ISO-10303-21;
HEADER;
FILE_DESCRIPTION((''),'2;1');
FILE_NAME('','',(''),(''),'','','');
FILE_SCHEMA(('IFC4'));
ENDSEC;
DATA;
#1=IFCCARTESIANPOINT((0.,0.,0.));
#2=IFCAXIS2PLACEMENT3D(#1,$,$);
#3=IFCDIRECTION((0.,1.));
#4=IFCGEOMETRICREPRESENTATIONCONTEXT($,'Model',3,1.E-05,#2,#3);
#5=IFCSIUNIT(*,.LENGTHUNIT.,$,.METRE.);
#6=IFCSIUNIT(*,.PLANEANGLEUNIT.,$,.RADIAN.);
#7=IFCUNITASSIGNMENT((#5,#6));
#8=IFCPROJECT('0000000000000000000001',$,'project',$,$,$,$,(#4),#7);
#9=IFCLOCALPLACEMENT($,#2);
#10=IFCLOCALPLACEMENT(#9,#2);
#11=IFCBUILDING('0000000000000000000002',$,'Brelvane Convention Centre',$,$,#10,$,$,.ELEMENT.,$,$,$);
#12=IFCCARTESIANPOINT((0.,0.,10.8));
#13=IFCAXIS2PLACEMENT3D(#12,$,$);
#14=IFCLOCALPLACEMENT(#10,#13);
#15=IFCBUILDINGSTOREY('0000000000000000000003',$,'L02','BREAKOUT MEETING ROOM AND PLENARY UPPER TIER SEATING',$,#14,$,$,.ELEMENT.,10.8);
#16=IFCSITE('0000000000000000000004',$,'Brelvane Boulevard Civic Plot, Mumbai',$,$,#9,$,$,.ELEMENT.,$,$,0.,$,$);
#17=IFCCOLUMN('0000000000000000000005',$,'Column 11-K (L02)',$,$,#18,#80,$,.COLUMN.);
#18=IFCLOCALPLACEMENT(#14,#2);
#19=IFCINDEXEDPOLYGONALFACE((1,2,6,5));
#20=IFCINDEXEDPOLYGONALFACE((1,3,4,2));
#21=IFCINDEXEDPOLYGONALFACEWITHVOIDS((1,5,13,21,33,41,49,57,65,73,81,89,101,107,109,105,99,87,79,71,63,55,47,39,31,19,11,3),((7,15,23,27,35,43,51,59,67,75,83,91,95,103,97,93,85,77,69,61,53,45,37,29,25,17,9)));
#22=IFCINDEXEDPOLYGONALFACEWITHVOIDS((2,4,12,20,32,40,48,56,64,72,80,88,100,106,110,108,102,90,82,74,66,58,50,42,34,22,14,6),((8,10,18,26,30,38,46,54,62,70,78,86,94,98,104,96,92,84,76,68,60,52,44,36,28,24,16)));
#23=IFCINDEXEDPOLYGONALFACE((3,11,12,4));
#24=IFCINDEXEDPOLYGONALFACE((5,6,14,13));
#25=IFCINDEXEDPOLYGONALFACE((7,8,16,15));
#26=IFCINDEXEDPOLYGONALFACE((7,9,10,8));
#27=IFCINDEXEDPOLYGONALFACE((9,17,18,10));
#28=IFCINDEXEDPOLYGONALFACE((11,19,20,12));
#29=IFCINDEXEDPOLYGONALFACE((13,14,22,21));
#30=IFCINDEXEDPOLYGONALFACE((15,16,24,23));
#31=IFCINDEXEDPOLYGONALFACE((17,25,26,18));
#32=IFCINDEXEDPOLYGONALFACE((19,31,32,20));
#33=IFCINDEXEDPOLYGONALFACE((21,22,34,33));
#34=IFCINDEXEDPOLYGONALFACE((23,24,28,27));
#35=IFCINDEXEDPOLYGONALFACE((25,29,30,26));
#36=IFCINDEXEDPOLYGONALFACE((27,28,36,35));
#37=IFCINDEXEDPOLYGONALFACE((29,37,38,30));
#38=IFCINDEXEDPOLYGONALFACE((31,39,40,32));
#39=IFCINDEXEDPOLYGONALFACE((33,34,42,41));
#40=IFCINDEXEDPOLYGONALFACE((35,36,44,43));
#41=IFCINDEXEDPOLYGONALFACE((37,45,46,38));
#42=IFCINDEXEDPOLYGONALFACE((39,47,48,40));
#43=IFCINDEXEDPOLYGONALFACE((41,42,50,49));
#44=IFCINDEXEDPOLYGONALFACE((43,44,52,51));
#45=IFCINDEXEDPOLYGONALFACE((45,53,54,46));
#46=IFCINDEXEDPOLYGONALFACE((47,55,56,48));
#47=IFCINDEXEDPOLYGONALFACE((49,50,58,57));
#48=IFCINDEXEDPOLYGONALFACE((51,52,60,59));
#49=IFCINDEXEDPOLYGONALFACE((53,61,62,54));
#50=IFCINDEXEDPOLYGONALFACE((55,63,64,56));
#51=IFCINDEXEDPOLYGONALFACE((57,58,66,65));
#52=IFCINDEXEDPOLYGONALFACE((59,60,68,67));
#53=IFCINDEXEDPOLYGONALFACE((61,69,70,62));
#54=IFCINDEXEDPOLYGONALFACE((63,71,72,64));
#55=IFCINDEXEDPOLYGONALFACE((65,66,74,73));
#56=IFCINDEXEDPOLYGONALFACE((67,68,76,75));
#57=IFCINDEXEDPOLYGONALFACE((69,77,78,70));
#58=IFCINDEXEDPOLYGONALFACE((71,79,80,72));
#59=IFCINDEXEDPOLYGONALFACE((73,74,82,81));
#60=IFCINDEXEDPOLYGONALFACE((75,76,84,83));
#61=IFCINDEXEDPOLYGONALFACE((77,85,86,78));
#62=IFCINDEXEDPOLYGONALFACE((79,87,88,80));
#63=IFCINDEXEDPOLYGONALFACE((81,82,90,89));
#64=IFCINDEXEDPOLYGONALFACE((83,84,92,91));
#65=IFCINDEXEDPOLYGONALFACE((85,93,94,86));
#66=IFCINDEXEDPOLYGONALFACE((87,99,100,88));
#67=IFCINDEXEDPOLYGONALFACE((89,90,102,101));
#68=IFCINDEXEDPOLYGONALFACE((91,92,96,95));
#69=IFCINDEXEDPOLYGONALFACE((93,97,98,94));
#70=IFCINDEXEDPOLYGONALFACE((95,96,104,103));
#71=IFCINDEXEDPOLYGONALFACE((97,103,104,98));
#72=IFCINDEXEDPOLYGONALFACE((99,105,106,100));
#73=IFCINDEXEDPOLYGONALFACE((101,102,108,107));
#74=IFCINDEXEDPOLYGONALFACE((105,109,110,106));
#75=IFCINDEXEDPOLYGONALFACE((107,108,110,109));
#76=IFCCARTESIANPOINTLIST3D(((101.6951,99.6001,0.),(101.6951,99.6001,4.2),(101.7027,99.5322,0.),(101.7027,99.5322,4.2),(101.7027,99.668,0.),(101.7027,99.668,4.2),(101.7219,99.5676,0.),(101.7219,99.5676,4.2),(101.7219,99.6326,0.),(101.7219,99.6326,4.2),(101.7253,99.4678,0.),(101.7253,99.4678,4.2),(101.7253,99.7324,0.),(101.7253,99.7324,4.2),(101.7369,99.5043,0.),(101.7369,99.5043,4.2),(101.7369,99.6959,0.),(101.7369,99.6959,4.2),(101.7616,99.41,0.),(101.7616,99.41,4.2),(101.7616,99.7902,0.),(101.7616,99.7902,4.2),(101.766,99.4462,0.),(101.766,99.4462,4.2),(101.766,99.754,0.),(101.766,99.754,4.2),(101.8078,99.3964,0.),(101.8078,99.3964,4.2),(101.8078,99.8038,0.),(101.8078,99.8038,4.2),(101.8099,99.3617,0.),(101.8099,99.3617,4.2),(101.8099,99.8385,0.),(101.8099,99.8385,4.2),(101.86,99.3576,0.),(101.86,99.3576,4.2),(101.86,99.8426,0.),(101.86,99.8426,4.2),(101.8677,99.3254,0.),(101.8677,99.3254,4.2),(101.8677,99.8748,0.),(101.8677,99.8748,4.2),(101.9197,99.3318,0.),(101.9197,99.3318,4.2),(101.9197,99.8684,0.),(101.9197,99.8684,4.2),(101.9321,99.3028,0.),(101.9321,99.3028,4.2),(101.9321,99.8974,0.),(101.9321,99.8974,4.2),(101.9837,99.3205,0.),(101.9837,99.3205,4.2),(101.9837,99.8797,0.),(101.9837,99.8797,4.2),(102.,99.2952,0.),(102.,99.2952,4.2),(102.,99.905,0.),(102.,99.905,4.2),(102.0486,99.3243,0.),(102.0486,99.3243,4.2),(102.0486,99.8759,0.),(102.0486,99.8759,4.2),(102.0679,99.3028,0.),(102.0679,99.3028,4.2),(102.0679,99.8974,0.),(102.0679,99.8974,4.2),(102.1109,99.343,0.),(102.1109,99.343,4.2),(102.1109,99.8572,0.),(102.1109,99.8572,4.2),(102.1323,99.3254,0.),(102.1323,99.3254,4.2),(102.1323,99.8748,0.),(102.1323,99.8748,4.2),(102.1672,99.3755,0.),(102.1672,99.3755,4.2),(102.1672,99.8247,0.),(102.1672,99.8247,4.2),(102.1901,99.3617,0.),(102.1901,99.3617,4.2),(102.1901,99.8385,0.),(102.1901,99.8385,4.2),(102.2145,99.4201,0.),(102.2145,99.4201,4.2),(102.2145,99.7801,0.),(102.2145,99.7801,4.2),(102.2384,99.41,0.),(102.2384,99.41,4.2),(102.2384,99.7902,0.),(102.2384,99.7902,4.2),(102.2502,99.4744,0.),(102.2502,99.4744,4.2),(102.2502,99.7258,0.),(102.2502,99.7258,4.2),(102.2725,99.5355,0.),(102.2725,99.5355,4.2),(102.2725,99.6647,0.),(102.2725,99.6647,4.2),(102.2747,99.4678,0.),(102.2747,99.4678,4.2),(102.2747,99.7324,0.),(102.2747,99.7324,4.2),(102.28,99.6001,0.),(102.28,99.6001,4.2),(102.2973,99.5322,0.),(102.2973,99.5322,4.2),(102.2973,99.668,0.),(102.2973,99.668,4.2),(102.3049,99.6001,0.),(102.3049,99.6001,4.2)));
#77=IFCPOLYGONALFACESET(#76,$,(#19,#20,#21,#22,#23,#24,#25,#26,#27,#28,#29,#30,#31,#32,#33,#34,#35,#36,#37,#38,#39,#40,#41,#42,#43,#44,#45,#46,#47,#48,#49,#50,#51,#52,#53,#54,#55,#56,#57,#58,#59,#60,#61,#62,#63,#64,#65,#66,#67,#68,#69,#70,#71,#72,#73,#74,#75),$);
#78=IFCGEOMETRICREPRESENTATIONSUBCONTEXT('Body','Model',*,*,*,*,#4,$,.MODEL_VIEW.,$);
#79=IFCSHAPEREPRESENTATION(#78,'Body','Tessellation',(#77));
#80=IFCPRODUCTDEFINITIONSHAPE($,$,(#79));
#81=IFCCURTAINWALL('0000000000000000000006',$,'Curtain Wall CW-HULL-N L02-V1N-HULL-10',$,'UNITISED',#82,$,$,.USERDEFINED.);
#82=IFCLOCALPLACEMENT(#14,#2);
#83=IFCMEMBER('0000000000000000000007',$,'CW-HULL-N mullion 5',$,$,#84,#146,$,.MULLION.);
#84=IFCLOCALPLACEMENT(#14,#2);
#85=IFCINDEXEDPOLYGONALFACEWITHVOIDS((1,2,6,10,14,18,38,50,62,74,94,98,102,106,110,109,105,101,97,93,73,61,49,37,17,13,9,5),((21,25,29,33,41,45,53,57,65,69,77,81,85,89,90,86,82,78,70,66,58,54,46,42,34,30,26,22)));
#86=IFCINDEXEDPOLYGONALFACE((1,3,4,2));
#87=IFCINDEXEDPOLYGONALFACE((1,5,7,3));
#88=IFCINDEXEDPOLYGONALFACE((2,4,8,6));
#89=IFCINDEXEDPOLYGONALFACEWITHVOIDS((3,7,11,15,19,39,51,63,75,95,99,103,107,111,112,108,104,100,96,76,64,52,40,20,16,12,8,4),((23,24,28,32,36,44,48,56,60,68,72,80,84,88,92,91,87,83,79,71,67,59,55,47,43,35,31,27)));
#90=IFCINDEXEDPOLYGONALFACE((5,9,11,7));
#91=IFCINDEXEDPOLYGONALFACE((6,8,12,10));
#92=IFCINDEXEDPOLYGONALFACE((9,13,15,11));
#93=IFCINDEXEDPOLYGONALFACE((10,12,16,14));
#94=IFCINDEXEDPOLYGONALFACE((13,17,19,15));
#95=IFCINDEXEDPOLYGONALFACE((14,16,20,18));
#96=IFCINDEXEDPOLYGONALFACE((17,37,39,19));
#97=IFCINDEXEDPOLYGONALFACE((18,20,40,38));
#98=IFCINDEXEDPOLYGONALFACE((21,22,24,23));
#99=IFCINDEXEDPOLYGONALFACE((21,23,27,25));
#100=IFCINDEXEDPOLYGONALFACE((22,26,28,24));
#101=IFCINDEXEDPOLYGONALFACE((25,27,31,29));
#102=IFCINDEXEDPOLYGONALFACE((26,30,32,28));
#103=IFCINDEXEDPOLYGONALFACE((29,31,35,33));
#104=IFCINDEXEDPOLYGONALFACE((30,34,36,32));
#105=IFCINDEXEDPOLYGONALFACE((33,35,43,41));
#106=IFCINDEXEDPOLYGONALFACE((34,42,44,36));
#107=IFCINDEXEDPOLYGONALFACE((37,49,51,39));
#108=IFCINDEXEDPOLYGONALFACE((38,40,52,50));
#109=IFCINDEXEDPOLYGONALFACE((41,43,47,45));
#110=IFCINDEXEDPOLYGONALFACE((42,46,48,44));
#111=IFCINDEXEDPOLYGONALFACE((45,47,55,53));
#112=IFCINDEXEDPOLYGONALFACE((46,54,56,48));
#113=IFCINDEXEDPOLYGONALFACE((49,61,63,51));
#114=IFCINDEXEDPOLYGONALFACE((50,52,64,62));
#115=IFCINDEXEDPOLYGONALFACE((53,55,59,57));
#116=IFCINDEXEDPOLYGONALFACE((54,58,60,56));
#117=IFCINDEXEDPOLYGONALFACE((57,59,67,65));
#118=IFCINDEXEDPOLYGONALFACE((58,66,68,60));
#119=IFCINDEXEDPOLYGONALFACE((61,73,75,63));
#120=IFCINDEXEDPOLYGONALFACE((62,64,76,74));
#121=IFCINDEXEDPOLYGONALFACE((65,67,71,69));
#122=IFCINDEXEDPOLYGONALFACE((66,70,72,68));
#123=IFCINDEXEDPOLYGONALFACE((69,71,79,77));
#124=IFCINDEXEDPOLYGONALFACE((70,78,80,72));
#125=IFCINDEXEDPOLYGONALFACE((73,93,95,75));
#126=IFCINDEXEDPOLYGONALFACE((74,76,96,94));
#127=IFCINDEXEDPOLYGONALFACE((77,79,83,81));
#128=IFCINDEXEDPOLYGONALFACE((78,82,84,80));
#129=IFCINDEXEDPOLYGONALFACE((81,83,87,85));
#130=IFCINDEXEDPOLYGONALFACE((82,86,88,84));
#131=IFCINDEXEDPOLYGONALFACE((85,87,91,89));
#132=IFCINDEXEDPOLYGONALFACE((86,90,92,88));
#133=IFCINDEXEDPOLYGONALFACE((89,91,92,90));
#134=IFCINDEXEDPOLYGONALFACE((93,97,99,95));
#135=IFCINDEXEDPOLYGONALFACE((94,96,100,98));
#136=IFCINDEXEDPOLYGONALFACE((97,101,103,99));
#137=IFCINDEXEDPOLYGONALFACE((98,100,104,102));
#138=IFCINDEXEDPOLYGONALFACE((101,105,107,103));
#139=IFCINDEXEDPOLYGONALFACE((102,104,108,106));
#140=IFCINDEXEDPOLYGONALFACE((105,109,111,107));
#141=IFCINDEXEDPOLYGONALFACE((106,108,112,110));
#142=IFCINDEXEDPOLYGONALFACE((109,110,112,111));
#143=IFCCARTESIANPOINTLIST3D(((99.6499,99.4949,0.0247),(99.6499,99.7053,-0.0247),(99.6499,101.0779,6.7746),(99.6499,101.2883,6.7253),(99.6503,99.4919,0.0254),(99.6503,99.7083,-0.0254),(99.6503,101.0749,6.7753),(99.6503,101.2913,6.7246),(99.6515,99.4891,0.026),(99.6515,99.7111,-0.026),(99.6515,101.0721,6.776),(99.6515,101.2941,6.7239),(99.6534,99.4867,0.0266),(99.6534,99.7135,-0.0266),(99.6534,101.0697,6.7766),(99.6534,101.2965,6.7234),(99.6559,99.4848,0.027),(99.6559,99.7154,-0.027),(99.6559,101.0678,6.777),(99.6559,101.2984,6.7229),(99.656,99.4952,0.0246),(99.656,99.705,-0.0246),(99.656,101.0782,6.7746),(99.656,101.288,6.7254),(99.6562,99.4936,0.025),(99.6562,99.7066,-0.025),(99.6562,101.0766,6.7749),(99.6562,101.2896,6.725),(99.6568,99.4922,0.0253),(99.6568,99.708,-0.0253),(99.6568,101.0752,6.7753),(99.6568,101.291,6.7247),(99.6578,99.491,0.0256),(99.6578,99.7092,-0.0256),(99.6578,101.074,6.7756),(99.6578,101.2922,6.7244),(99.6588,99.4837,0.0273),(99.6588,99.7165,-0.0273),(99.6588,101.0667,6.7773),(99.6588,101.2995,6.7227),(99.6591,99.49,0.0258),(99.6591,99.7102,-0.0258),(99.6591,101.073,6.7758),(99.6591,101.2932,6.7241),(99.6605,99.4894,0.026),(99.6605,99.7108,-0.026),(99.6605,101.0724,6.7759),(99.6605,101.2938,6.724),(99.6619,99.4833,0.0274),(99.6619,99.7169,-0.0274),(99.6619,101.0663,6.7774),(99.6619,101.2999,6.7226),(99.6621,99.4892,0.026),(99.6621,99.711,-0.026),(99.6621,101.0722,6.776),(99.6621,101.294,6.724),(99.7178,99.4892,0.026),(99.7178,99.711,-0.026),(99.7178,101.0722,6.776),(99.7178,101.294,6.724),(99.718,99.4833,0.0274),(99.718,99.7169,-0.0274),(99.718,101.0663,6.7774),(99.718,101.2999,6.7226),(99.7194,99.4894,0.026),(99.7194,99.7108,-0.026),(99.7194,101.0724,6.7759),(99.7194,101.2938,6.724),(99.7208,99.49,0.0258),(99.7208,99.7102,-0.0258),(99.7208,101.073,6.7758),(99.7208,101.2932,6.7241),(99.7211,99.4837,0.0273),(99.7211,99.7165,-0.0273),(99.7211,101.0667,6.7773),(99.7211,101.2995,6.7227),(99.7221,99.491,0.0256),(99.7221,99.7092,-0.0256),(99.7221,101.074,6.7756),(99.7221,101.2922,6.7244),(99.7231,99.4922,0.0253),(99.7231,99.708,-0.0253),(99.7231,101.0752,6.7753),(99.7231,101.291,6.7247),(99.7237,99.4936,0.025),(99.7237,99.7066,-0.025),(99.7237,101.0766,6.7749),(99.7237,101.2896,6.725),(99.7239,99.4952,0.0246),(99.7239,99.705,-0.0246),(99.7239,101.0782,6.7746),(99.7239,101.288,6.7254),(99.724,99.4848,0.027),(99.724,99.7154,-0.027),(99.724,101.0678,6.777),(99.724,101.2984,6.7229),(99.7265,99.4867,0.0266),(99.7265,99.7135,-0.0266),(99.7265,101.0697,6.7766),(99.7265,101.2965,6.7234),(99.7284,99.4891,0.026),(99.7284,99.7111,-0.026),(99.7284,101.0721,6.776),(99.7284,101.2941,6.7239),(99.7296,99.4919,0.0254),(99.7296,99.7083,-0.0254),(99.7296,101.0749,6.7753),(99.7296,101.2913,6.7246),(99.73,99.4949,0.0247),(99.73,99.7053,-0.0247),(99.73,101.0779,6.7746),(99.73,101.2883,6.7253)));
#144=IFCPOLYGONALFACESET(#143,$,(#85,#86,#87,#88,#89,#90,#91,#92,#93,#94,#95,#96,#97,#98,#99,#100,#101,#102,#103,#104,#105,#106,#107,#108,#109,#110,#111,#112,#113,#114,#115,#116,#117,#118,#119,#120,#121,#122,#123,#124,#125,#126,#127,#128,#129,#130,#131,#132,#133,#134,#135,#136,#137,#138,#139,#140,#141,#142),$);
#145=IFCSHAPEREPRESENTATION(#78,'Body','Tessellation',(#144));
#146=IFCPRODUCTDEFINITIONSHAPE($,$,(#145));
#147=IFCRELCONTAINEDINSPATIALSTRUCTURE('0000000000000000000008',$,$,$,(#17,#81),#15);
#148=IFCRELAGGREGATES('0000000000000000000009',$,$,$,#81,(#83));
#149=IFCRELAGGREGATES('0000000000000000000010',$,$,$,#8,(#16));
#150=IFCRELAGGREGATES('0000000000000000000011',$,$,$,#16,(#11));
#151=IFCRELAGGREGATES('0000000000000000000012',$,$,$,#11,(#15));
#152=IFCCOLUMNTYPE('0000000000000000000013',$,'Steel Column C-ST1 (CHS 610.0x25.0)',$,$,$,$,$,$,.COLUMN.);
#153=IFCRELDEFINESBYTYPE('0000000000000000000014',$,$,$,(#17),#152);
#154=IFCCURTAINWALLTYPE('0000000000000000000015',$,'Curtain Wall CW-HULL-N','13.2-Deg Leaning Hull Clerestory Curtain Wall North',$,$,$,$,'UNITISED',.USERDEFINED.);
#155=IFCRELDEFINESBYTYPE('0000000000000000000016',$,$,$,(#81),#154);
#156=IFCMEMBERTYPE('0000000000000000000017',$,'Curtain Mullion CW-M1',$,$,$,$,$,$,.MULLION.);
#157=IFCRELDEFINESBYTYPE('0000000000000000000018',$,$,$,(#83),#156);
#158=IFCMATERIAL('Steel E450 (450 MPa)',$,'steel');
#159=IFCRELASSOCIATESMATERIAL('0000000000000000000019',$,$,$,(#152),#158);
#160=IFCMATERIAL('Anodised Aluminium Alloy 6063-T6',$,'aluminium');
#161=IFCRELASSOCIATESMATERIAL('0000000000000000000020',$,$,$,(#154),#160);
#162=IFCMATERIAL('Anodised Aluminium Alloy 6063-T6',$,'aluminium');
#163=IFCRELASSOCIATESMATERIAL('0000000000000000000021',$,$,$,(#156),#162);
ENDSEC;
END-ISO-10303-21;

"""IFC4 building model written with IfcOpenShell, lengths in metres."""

from ifc_helpers import new_model, si_unit, direction, frame, origin, origin_2d, place, context, subcontext, project, spatial, hollow_rectangle, hollow_circle, extrude, material, material_profile, profile_set, type_object, element, aggregate, save


model = new_model("IFC4")

# Units and contexts
model_context = context("Model", 3, precision=1e-05, world=origin(), true_north=direction((0.0, 1.0)))
body_context = subcontext(model_context, "Body", "Model", "MODEL_VIEW")
ifc_project = project(units=[si_unit("LENGTHUNIT", "METRE"), si_unit("PLANEANGLEUNIT", "RADIAN")], contexts=[model_context])

# Site, building, storey
site_placement = place(None, origin())
site = spatial("IfcSite", under=ifc_project, at=site_placement, Name="Brelvane Boulevard Civic Plot, Mumbai", CompositionType="ELEMENT", RefElevation=0.0)
building_placement = place(site_placement, origin())
building = spatial("IfcBuilding", under=site, at=building_placement, Name="Brelvane Convention Centre", CompositionType="ELEMENT")
storey_placement = place(building_placement, frame((0.0, 0.0, 10.8)))
storey = spatial("IfcBuildingStorey", under=building, at=storey_placement, Name="L02", Description="BREAKOUT MEETING ROOM AND PLENARY UPPER TIER SEATING", CompositionType="ELEMENT", Elevation=10.8)

# Column
ifc_material_1 = material(Name="Steel E450 (450 MPa)", Category="steel")
ifc_material_profile_1 = material_profile(ifc_material_1, hollow_circle(Radius=0.3049, WallThickness=0.0249, at=origin_2d()), Name="CHS 610.0x25.0")
ifc_profile_set_1 = profile_set([ifc_material_profile_1], Name="Steel E450 (450 MPa)")
column_type = type_object("IfcColumnType", Name="Steel Column C-ST1 (CHS 610.0x25.0)", PredefinedType="COLUMN", material=ifc_profile_set_1)
column_placement = place(storey_placement, frame((102.0, 99.6001, 0.0), z_axis=(0.0, 0.0, 1.0), x_axis=(1.0, 0.0, 0.0)))
element("IfcColumn", 1, at=column_placement, inside=storey, type_object=column_type, Name="Column 11-K (L02)", PredefinedType="COLUMN", context=body_context, shape_type="SweptSolid", body=[
    extrude(hollow_circle(Radius=0.3049, WallThickness=0.0249, at=origin_2d()), origin(), (0.0, 0.0, 1.0), 4.2),
])

# Curtain wall, member
ifc_material_2 = material(Name="Anodised Aluminium Alloy 6063-T6", Category="aluminium")
curtain_wall_type = type_object("IfcCurtainWallType", Name="Curtain Wall CW-HULL-N", Description="13.2-Deg Leaning Hull Clerestory Curtain Wall North", ElementType="UNITISED", PredefinedType="USERDEFINED", material=ifc_material_2)
curtain_wall_1_placement = place(storey_placement, origin())
curtain_wall_1 = element("IfcCurtainWall", 2, at=curtain_wall_1_placement, inside=storey, type_object=curtain_wall_type, Name="Curtain Wall CW-HULL-N L02-V1N-HULL-10", ObjectType="UNITISED", PredefinedType="USERDEFINED")
ifc_material_3 = material(Name="Anodised Aluminium Alloy 6063-T6", Category="aluminium")
ifc_material_profile_2 = material_profile(ifc_material_3, hollow_rectangle(XDim=0.0801, YDim=0.24, WallThickness=0.0061, InnerFilletRadius=0.0061, OuterFilletRadius=0.012, at=origin_2d()), Name="ALU-M 240x80x6.0")
ifc_profile_set_2 = profile_set([ifc_material_profile_2], Name="Anodised Aluminium Alloy 6063-T6")
member_type_1 = type_object("IfcMemberType", Name="Curtain Mullion CW-M1", PredefinedType="MULLION", material=ifc_profile_set_2)
member_1_placement = place(storey_placement, frame((99.6899, 99.6001, 0.0), z_axis=(0.0, 0.228325, 0.973585), x_axis=(-1.0, 0.0, 0.0)))
member_1 = element("IfcMember", 3, at=member_1_placement, type_object=member_type_1, Name="CW-HULL-N mullion 5", PredefinedType="MULLION", context=body_context, shape_type="SweptSolid", body=[
    extrude(hollow_rectangle(XDim=0.0801, YDim=0.24, WallThickness=0.0061, InnerFilletRadius=0.0061, OuterFilletRadius=0.012, at=origin_2d()), origin(), (0.0, 0.0, 1.0), 6.9331),
])

aggregate(curtain_wall_1, [member_1])

save(model, "model.ifc")
